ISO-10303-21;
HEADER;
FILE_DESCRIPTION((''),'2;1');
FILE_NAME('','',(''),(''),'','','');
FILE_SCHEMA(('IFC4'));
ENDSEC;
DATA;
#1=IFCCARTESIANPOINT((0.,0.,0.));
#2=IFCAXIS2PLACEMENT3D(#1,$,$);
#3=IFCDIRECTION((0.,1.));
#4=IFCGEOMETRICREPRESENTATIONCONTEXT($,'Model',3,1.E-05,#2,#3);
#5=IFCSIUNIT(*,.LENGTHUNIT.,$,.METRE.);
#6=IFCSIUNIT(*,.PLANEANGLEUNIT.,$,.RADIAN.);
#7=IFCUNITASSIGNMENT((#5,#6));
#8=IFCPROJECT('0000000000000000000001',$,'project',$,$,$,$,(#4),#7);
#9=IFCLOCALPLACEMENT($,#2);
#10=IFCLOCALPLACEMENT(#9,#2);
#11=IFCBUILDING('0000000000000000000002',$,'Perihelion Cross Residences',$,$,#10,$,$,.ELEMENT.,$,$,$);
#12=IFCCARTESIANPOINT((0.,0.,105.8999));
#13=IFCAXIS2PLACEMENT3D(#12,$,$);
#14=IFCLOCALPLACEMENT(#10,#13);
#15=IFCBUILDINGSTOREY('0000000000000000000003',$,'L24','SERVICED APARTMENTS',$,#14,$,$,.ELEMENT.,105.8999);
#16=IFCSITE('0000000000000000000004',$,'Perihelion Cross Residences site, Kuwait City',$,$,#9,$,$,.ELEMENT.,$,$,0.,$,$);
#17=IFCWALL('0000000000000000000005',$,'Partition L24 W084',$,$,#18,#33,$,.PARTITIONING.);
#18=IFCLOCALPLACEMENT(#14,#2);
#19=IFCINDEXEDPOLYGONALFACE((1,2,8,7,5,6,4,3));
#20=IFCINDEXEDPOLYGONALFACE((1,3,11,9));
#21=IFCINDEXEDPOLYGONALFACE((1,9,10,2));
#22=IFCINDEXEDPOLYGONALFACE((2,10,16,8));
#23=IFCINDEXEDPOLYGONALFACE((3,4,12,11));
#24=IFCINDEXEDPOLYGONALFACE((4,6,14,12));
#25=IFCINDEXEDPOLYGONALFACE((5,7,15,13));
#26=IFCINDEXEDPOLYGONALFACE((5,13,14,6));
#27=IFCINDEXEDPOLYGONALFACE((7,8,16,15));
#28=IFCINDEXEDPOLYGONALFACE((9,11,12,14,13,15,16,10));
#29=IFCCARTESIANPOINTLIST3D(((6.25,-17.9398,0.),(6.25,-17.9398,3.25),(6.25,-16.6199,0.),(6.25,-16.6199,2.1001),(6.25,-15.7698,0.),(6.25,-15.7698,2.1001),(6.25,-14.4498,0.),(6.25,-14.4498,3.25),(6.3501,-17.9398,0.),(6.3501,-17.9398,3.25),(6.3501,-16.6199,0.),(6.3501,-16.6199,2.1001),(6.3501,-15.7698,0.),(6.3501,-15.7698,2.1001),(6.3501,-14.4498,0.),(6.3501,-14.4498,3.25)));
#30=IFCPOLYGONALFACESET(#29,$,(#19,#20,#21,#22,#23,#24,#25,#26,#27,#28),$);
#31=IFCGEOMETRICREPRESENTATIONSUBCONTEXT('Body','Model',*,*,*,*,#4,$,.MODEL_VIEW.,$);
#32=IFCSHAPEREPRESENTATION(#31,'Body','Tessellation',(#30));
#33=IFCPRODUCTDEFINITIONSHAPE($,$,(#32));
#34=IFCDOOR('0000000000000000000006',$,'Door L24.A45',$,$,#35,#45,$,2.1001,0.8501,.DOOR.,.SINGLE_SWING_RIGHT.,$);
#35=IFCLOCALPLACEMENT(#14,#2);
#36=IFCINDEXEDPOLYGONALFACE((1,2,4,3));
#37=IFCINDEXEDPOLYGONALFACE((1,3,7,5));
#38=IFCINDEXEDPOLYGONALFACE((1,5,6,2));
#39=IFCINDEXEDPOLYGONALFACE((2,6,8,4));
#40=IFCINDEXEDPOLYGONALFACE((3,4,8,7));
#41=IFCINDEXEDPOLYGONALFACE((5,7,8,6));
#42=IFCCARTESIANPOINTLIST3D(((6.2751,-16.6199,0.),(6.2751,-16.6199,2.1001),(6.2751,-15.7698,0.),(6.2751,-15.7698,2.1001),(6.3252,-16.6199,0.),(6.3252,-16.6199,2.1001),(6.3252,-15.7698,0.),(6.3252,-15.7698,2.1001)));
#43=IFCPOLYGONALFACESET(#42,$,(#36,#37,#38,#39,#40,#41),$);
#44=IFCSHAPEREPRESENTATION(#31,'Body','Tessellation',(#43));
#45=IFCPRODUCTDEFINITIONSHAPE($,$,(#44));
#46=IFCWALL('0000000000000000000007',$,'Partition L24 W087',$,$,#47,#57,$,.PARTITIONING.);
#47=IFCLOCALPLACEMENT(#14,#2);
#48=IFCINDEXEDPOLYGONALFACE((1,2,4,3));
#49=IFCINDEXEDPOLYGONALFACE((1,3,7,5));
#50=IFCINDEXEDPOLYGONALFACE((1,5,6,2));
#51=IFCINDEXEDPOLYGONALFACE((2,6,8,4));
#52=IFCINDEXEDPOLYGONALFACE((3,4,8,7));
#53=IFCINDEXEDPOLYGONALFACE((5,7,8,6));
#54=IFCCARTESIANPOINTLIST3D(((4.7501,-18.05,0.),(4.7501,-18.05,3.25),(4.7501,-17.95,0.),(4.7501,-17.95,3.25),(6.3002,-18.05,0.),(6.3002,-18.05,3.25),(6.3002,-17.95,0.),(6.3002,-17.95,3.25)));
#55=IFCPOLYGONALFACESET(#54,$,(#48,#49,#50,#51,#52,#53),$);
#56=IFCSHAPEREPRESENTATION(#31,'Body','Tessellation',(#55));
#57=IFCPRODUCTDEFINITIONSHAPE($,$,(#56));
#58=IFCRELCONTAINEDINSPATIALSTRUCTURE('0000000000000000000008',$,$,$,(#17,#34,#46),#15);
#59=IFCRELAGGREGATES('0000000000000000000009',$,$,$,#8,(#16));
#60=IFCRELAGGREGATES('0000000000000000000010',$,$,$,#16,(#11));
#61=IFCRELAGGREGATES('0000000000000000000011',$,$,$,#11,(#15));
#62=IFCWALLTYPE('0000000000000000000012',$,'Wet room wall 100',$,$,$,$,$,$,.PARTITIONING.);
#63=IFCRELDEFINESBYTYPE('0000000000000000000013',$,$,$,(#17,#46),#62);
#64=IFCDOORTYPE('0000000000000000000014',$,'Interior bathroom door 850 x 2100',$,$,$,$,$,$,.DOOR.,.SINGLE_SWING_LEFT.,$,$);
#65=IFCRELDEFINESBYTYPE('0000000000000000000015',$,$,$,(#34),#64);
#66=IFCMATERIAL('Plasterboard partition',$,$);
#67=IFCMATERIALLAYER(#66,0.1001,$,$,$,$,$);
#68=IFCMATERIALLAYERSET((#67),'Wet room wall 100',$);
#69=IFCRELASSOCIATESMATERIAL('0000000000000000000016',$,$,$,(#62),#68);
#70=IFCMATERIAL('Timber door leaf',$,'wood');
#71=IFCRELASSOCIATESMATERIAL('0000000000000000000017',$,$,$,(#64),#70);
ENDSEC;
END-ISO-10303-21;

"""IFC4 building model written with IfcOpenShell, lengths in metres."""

from ifc_helpers import new_model, si_unit, direction, frame, frame_2d, origin, place, context, subcontext, project, spatial, rectangle, extrude, material, layer, layer_set, type_object, element, fill, save


model = new_model("IFC4")

# Units and contexts
model_context = context("Model", 3, precision=1e-05, world=origin(), true_north=direction((0.0, 1.0)))
body_context = subcontext(model_context, "Body", "Model", "MODEL_VIEW")
ifc_project = project(units=[si_unit("LENGTHUNIT", "METRE"), si_unit("PLANEANGLEUNIT", "RADIAN")], contexts=[model_context])

# Site, building, storey
site_placement = place(None, origin())
site = spatial("IfcSite", under=ifc_project, at=site_placement, Name="Perihelion Cross Residences site, Kuwait City", CompositionType="ELEMENT", RefElevation=0.0)
building_placement = place(site_placement, origin())
building = spatial("IfcBuilding", under=site, at=building_placement, Name="Perihelion Cross Residences", CompositionType="ELEMENT")
storey_placement = place(building_placement, frame((0.0, 0.0, 105.8999)))
storey = spatial("IfcBuildingStorey", under=building, at=storey_placement, Name="L24", Description="SERVICED APARTMENTS", CompositionType="ELEMENT", Elevation=105.8999)

# Wall, opening, door
ifc_material_1 = material(Name="Plasterboard partition")
ifc_layer_1 = layer(ifc_material_1, 0.1001)
ifc_layer_set_1 = layer_set([ifc_layer_1], Name="Wet room wall 100")
wall_type_1 = type_object("IfcWallType", Name="Wet room wall 100", PredefinedType="PARTITIONING", material=ifc_layer_set_1)
wall_1_placement = place(storey_placement, frame((6.3, -17.9399, 0.0), z_axis=(0.0, 0.0, 1.0), x_axis=(0.0, 1.0, 0.0)))
wall_1 = element("IfcWall", 1, at=wall_1_placement, inside=storey, type_object=wall_type_1, Name="Partition L24 W084", PredefinedType="PARTITIONING", context=body_context, shape_type="SweptSolid", body=[
    extrude(rectangle(XDim=3.49, YDim=0.1001, at=frame_2d((1.7451, 0.0))), origin(), (0.0, 0.0, 1.0), 3.25),
])
opening_1_placement = place(wall_1_placement, frame((1.3201, 0.0, 0.0)))
opening_1 = element("IfcOpeningElement", 2, at=opening_1_placement, cuts=wall_1, PredefinedType="OPENING", context=body_context, shape_type="SweptSolid", body=[
    extrude(rectangle(XDim=0.8501, YDim=2.1001, at=frame_2d((0.425, 1.05))), frame((0.0, 0.0601, 0.0), z_axis=(0.0, -1.0, 0.0), x_axis=(1.0, 0.0, 0.0)), (0.0, 0.0, 1.0), 0.1201),
])
ifc_material_2 = material(Name="Timber door leaf", Category="wood")
door_type_1 = type_object("IfcDoorType", Name="Interior bathroom door 850 x 2100", OperationType="SINGLE_SWING_LEFT", PredefinedType="DOOR", material=ifc_material_2)
door_1_placement = place(opening_1_placement, origin())
door_1 = element("IfcDoor", 3, at=door_1_placement, inside=storey, type_object=door_type_1, Name="Door L24.A45", OperationType="SINGLE_SWING_RIGHT", OverallHeight=2.1001, OverallWidth=0.8501, PredefinedType="DOOR", context=body_context, shape_type="SweptSolid", body=[
    extrude(rectangle(XDim=0.8501, YDim=2.1001, at=frame_2d((0.425, 1.05))), frame((0.0, 0.0249, 0.0), z_axis=(0.0, -1.0, 0.0), x_axis=(1.0, 0.0, 0.0)), (0.0, 0.0, 1.0), 0.05),
])
fill(opening_1, door_1)

# Wall
wall_2_placement = place(storey_placement, frame((6.3, -18.0, 0.0), z_axis=(0.0, 0.0, 1.0), x_axis=(-1.0, 0.0, 0.0)))
element("IfcWall", 4, at=wall_2_placement, inside=storey, type_object=wall_type_1, Name="Partition L24 W087", PredefinedType="PARTITIONING", context=body_context, shape_type="SweptSolid", body=[
    extrude(rectangle(XDim=1.55, YDim=0.1001, at=frame_2d((0.7749, 0.0))), origin(), (0.0, 0.0, 1.0), 3.25),
])

save(model, "model.ifc")
